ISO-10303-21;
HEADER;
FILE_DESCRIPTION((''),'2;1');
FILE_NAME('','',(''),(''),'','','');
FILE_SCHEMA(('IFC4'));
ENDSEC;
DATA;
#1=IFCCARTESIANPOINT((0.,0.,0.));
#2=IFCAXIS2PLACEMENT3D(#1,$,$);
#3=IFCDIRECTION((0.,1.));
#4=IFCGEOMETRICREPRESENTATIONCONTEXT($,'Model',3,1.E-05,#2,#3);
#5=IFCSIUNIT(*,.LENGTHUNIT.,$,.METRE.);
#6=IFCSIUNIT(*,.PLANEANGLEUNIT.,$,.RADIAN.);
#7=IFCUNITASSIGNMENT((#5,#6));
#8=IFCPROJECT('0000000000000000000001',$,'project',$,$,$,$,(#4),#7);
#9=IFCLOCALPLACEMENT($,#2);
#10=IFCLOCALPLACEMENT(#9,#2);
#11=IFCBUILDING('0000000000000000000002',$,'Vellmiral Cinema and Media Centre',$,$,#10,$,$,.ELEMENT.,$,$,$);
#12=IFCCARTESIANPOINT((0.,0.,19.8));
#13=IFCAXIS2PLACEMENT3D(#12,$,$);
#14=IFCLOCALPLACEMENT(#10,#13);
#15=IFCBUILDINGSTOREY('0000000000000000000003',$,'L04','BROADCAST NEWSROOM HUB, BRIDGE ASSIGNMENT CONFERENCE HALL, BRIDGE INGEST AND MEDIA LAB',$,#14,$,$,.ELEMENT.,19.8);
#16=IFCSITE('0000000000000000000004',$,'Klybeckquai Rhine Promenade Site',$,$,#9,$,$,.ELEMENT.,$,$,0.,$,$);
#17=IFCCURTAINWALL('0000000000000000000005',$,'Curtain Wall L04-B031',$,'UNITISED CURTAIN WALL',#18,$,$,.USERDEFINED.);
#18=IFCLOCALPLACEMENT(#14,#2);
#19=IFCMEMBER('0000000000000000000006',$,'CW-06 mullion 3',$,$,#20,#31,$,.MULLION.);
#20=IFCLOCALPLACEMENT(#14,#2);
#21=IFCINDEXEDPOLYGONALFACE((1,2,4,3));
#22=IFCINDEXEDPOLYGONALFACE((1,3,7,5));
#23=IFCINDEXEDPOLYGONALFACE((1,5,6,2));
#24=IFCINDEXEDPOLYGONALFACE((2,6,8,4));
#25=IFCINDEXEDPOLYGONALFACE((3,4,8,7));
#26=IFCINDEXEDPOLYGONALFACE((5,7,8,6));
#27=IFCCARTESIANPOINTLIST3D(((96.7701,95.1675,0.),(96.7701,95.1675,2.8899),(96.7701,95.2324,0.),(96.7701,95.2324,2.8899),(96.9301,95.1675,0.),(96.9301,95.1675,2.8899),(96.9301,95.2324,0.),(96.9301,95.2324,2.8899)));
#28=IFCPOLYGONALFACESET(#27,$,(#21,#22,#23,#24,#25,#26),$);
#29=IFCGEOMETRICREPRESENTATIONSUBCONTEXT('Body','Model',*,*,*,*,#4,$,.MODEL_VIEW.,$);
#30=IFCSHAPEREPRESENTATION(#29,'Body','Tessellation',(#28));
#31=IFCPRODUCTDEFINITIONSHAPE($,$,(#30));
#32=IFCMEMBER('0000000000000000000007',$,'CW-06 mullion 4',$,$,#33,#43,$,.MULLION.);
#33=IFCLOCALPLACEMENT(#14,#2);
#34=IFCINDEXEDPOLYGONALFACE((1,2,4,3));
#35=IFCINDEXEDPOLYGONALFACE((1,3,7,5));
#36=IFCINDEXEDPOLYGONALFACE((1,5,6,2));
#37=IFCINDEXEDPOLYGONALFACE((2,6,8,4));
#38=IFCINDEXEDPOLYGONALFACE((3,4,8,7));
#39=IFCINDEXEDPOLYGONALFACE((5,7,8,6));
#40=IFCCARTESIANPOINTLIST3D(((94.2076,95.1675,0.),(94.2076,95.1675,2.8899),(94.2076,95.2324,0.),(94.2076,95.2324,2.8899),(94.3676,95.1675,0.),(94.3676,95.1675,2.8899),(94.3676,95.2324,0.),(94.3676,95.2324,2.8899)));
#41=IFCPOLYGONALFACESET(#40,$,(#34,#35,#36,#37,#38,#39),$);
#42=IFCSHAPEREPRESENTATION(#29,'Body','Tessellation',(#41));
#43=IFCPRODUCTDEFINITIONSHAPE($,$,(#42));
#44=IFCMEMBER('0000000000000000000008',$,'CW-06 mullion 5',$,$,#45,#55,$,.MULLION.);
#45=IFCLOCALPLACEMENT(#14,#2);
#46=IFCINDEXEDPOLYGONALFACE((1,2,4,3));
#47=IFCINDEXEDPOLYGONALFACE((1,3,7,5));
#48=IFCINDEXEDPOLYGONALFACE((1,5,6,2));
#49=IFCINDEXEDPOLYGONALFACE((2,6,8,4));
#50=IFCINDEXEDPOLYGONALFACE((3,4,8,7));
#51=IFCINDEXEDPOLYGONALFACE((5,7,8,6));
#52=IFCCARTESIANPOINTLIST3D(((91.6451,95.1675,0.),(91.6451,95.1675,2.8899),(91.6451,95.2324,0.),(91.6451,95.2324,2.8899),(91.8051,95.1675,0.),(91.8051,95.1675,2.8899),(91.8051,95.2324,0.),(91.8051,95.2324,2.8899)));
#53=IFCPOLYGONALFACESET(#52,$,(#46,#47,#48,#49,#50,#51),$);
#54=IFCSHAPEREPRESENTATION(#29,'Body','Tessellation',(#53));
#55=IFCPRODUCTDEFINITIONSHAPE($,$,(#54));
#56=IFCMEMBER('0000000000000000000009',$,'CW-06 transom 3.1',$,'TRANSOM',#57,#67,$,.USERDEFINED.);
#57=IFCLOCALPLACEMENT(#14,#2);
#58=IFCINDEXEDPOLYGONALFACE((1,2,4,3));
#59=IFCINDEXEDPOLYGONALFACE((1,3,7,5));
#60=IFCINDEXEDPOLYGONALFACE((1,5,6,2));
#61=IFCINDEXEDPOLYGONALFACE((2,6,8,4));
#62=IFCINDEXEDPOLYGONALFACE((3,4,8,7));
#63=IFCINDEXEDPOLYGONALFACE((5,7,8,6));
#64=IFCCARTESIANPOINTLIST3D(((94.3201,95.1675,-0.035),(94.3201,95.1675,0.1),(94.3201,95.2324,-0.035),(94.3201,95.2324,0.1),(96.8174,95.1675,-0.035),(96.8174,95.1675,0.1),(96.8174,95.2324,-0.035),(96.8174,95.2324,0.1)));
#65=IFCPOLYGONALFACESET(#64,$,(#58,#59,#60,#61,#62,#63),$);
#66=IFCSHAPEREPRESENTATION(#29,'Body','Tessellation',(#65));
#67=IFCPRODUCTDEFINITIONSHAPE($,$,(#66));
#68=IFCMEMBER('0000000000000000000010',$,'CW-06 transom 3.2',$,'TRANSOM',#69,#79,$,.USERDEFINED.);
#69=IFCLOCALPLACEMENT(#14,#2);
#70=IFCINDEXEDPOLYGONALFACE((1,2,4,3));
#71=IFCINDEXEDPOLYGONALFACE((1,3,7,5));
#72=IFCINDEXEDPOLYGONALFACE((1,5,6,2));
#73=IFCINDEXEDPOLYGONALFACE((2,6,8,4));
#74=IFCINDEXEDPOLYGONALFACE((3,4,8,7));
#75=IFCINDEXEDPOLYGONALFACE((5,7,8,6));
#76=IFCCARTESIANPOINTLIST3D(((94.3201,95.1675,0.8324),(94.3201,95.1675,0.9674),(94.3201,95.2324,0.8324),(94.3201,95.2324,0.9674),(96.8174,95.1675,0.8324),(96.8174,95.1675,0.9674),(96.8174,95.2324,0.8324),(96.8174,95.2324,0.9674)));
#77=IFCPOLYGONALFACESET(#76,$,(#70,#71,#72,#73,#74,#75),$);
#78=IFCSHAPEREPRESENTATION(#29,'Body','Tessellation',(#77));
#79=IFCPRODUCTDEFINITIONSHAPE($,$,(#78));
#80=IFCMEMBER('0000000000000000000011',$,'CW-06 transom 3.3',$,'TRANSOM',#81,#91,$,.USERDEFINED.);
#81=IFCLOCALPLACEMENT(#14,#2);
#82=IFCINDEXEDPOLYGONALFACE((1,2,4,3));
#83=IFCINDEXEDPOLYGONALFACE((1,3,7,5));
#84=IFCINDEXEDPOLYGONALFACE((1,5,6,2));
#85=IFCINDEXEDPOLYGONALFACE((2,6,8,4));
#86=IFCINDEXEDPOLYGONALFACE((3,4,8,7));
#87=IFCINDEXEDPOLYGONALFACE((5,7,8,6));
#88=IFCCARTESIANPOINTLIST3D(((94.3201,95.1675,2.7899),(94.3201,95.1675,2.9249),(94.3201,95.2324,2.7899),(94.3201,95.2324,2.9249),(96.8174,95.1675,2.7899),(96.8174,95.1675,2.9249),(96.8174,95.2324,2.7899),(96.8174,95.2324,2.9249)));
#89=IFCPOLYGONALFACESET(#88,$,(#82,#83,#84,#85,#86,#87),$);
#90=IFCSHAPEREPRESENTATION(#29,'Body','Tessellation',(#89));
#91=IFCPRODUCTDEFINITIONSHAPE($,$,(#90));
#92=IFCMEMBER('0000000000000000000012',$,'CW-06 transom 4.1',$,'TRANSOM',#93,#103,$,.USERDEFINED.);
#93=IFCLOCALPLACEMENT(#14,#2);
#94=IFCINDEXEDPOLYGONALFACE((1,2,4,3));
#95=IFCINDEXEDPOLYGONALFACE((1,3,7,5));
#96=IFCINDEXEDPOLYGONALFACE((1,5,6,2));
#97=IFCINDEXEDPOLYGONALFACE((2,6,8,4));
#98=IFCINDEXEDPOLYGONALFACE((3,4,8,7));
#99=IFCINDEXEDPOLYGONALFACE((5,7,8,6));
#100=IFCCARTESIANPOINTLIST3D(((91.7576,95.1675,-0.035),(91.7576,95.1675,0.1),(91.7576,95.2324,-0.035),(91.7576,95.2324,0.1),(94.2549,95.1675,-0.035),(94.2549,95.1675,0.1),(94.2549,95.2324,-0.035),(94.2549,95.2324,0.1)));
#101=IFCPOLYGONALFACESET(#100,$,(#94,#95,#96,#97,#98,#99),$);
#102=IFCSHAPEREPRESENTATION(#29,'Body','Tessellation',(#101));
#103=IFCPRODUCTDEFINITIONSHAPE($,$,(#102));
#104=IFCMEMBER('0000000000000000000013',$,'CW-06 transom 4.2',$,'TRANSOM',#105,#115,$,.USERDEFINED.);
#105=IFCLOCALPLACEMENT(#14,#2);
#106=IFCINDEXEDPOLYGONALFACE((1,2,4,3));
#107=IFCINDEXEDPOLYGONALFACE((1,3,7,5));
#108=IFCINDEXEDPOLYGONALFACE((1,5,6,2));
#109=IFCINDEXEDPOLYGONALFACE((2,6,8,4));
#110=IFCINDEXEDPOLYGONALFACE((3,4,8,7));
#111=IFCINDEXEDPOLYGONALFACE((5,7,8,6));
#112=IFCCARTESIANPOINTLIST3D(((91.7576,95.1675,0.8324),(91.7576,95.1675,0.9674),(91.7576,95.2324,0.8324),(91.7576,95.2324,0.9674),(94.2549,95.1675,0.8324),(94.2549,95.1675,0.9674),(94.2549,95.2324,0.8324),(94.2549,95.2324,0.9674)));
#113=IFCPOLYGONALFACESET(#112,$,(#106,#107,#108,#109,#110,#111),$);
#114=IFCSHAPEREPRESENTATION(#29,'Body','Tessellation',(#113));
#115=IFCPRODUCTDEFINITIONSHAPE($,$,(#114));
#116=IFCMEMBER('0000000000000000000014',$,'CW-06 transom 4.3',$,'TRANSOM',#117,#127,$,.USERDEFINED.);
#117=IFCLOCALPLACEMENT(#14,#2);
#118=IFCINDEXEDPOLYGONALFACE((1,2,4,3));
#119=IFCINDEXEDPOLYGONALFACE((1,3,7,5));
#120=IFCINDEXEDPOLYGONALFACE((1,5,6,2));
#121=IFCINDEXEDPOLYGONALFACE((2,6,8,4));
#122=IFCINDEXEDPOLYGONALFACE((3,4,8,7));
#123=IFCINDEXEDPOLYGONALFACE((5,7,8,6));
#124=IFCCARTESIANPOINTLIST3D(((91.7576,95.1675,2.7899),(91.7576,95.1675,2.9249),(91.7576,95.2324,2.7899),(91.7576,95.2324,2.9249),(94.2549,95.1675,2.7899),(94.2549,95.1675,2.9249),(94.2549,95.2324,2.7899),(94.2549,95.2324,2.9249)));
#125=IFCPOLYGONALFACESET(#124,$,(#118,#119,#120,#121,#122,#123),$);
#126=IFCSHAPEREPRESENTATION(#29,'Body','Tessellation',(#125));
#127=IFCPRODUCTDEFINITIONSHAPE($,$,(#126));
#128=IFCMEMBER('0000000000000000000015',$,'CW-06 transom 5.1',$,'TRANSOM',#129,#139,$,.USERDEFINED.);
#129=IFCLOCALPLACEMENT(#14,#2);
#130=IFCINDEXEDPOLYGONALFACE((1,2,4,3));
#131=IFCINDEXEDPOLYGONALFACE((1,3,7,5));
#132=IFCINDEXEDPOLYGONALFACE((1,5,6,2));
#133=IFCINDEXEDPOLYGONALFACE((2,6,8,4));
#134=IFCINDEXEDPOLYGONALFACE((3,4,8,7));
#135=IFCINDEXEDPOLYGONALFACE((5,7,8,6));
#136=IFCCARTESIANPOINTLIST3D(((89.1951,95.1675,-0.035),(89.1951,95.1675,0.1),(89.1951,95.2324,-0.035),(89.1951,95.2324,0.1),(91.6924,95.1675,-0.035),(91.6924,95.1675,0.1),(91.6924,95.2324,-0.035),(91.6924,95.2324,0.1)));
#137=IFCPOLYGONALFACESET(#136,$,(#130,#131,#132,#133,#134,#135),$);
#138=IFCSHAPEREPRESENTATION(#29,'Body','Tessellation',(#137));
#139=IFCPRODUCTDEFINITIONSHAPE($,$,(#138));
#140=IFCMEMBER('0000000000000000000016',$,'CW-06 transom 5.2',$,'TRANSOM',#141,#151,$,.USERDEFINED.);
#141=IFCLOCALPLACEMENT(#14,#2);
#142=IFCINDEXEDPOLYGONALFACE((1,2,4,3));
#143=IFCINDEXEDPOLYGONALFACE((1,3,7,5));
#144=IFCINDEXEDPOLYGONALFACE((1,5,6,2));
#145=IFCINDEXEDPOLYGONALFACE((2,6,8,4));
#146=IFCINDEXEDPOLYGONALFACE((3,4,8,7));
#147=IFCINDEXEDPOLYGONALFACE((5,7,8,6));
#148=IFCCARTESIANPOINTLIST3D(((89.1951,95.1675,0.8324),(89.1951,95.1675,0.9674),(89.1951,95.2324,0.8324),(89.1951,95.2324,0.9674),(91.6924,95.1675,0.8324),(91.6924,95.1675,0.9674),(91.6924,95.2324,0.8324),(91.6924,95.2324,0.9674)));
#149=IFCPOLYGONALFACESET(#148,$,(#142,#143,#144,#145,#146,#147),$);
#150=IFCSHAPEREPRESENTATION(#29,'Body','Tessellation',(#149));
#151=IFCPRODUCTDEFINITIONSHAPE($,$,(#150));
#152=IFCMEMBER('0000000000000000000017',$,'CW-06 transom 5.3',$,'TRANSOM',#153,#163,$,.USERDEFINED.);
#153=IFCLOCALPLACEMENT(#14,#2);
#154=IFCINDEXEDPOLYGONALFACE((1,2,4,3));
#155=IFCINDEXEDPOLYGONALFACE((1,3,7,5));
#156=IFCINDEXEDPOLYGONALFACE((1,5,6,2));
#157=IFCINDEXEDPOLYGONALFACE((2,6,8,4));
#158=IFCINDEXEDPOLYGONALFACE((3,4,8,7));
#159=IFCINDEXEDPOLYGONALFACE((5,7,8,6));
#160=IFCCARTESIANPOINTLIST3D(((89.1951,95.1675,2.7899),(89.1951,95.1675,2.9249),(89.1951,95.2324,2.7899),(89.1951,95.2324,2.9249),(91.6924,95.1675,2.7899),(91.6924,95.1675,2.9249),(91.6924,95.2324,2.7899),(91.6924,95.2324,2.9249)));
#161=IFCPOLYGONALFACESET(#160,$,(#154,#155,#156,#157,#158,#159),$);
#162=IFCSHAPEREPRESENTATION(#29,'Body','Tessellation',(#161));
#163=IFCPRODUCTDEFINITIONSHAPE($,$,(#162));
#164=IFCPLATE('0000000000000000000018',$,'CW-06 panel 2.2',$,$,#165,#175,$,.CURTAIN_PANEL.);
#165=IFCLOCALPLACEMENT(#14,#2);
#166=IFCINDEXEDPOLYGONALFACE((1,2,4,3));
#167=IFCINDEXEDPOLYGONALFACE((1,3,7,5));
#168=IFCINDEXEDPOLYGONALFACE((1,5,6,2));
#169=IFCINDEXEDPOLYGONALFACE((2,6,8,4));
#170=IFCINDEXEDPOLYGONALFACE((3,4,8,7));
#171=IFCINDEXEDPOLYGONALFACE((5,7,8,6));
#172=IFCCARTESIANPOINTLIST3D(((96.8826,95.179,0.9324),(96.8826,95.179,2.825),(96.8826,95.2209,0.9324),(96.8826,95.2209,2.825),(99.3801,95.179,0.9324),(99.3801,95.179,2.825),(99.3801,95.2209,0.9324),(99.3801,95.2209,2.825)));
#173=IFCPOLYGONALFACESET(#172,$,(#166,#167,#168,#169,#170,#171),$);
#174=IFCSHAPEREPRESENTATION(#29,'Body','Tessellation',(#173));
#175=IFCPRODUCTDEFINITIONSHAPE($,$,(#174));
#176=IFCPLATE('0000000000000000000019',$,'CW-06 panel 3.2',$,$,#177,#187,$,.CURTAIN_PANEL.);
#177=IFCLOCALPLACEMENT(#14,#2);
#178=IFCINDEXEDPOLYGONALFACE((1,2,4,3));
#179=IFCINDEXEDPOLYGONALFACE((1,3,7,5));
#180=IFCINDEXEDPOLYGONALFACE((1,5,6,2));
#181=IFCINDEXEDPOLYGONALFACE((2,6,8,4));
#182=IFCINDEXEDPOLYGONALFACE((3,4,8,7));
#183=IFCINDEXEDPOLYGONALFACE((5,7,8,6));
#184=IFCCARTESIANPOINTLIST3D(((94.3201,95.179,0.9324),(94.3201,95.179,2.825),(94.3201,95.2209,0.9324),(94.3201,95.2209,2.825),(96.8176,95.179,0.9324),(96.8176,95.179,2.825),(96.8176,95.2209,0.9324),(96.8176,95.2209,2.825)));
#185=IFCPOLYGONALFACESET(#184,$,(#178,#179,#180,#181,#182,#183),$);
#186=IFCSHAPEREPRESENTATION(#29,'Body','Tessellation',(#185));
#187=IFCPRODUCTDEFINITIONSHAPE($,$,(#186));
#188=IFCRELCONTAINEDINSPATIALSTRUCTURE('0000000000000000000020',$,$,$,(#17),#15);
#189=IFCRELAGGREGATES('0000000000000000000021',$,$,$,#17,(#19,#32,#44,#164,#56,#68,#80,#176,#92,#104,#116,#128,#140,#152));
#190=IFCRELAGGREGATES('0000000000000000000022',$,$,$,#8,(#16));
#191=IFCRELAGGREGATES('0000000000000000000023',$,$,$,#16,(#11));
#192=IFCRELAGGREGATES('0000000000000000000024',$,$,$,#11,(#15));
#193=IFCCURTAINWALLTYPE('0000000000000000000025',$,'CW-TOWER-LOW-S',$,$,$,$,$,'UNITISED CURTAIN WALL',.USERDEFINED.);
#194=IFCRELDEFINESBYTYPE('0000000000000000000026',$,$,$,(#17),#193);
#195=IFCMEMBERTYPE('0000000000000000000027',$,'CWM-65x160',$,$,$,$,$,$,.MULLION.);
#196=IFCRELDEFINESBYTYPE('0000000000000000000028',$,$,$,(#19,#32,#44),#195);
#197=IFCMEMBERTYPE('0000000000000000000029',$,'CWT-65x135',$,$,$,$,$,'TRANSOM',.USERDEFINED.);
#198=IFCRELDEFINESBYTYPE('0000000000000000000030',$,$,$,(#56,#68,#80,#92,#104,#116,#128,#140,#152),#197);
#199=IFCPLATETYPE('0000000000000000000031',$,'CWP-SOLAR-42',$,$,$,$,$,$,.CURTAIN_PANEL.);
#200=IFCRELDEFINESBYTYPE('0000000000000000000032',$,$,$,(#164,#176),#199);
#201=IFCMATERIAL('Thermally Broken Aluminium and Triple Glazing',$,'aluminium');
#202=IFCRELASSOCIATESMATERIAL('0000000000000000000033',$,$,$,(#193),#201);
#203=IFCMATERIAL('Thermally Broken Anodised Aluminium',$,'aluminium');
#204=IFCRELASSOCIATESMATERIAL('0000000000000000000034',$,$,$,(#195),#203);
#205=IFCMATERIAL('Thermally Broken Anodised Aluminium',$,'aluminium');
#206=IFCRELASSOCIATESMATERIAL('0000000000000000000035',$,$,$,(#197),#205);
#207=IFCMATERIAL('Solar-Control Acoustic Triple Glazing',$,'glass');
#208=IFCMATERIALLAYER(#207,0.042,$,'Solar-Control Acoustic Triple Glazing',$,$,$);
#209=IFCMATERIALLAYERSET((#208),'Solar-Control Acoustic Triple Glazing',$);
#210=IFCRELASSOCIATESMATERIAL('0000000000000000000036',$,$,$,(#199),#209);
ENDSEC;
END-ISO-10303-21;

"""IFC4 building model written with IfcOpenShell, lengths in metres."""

from ifc_helpers import new_model, si_unit, direction, frame, origin, origin_2d, place, context, subcontext, project, spatial, rectangle, extrude, material, layer, layer_set, material_profile, profile_set, type_object, element, aggregate, save


model = new_model("IFC4")

# Units and contexts
model_context = context("Model", 3, precision=1e-05, world=origin(), true_north=direction((0.0, 1.0)))
body_context = subcontext(model_context, "Body", "Model", "MODEL_VIEW")
ifc_project = project(units=[si_unit("LENGTHUNIT", "METRE"), si_unit("PLANEANGLEUNIT", "RADIAN")], contexts=[model_context])

# Site, building, storey
site_placement = place(None, origin())
site = spatial("IfcSite", under=ifc_project, at=site_placement, Name="Klybeckquai Rhine Promenade Site", CompositionType="ELEMENT", RefElevation=0.0)
building_placement = place(site_placement, origin())
building = spatial("IfcBuilding", under=site, at=building_placement, Name="Vellmiral Cinema and Media Centre", CompositionType="ELEMENT")
storey_placement = place(building_placement, frame((0.0, 0.0, 19.8)))
storey = spatial("IfcBuildingStorey", under=building, at=storey_placement, Name="L04", Description="BROADCAST NEWSROOM HUB, BRIDGE ASSIGNMENT CONFERENCE HALL, BRIDGE INGEST AND MEDIA LAB", CompositionType="ELEMENT", Elevation=19.8)

# Curtain wall, members, plates
ifc_material_1 = material(Name="Thermally Broken Aluminium and Triple Glazing", Category="aluminium")
curtain_wall_type = type_object("IfcCurtainWallType", Name="CW-TOWER-LOW-S", ElementType="UNITISED CURTAIN WALL", PredefinedType="USERDEFINED", material=ifc_material_1)
curtain_wall_placement = place(storey_placement, origin())
curtain_wall = element("IfcCurtainWall", 1, at=curtain_wall_placement, inside=storey, type_object=curtain_wall_type, Name="Curtain Wall L04-B031", ObjectType="UNITISED CURTAIN WALL", PredefinedType="USERDEFINED")
ifc_material_2 = material(Name="Thermally Broken Anodised Aluminium", Category="aluminium")
ifc_material_profile_1 = material_profile(ifc_material_2, rectangle(XDim=0.0649, YDim=0.1599, at=origin_2d()), Name="MULL 65x160")
ifc_profile_set_1 = profile_set([ifc_material_profile_1], Name="Thermally Broken Anodised Aluminium")
member_type_1 = type_object("IfcMemberType", Name="CWM-65x160", PredefinedType="MULLION", material=ifc_profile_set_1)
member_1_placement = place(storey_placement, frame((96.8501, 95.2, 0.0), z_axis=(0.0, 0.0, 1.0), x_axis=(0.0, -1.0, 0.0)))
member_1 = element("IfcMember", 2, at=member_1_placement, type_object=member_type_1, Name="CW-06 mullion 3", PredefinedType="MULLION", context=body_context, shape_type="SweptSolid", body=[
    extrude(rectangle(XDim=0.0649, YDim=0.1599, at=origin_2d()), origin(), (0.0, 0.0, 1.0), 2.8899),
])
member_2_placement = place(storey_placement, frame((94.2876, 95.2, 0.0), z_axis=(0.0, 0.0, 1.0), x_axis=(0.0, -1.0, 0.0)))
member_2 = element("IfcMember", 3, at=member_2_placement, type_object=member_type_1, Name="CW-06 mullion 4", PredefinedType="MULLION", context=body_context, shape_type="SweptSolid", body=[
    extrude(rectangle(XDim=0.0649, YDim=0.1599, at=origin_2d()), origin(), (0.0, 0.0, 1.0), 2.8899),
])
member_3_placement = place(storey_placement, frame((91.7251, 95.2, 0.0), z_axis=(0.0, 0.0, 1.0), x_axis=(0.0, -1.0, 0.0)))
member_3 = element("IfcMember", 4, at=member_3_placement, type_object=member_type_1, Name="CW-06 mullion 5", PredefinedType="MULLION", context=body_context, shape_type="SweptSolid", body=[
    extrude(rectangle(XDim=0.0649, YDim=0.1599, at=origin_2d()), origin(), (0.0, 0.0, 1.0), 2.8899),
])
ifc_material_3 = material(Name="Thermally Broken Anodised Aluminium", Category="aluminium")
ifc_material_profile_2 = material_profile(ifc_material_3, rectangle(XDim=0.0649, YDim=0.135, at=origin_2d()), Name="MULL 65x135")
ifc_profile_set_2 = profile_set([ifc_material_profile_2], Name="Thermally Broken Anodised Aluminium")
member_type_2 = type_object("IfcMemberType", Name="CWT-65x135", ElementType="TRANSOM", PredefinedType="USERDEFINED", material=ifc_profile_set_2)
member_4_placement = place(storey_placement, frame((96.8174, 95.2, 0.0325), z_axis=(-1.0, 0.0, 0.0), x_axis=(0.0, -1.0, 0.0)))
member_4 = element("IfcMember", 5, at=member_4_placement, type_object=member_type_2, Name="CW-06 transom 3.1", ObjectType="TRANSOM", PredefinedType="USERDEFINED", context=body_context, shape_type="SweptSolid", body=[
    extrude(rectangle(XDim=0.0649, YDim=0.135, at=origin_2d()), origin(), (0.0, 0.0, 1.0), 2.4973),
])
member_5_placement = place(storey_placement, frame((96.8174, 95.2, 0.8999), z_axis=(-1.0, 0.0, 0.0), x_axis=(0.0, -1.0, 0.0)))
member_5 = element("IfcMember", 6, at=member_5_placement, type_object=member_type_2, Name="CW-06 transom 3.2", ObjectType="TRANSOM", PredefinedType="USERDEFINED", context=body_context, shape_type="SweptSolid", body=[
    extrude(rectangle(XDim=0.0649, YDim=0.135, at=origin_2d()), origin(), (0.0, 0.0, 1.0), 2.4973),
])
member_6_placement = place(storey_placement, frame((96.8174, 95.2, 2.8574), z_axis=(-1.0, 0.0, 0.0), x_axis=(0.0, -1.0, 0.0)))
member_6 = element("IfcMember", 7, at=member_6_placement, type_object=member_type_2, Name="CW-06 transom 3.3", ObjectType="TRANSOM", PredefinedType="USERDEFINED", context=body_context, shape_type="SweptSolid", body=[
    extrude(rectangle(XDim=0.0649, YDim=0.135, at=origin_2d()), origin(), (0.0, 0.0, 1.0), 2.4973),
])
member_7_placement = place(storey_placement, frame((94.2549, 95.2, 0.0325), z_axis=(-1.0, 0.0, 0.0), x_axis=(0.0, -1.0, 0.0)))
member_7 = element("IfcMember", 8, at=member_7_placement, type_object=member_type_2, Name="CW-06 transom 4.1", ObjectType="TRANSOM", PredefinedType="USERDEFINED", context=body_context, shape_type="SweptSolid", body=[
    extrude(rectangle(XDim=0.0649, YDim=0.135, at=origin_2d()), origin(), (0.0, 0.0, 1.0), 2.4973),
])
member_8_placement = place(storey_placement, frame((94.2549, 95.2, 0.8999), z_axis=(-1.0, 0.0, 0.0), x_axis=(0.0, -1.0, 0.0)))
member_8 = element("IfcMember", 9, at=member_8_placement, type_object=member_type_2, Name="CW-06 transom 4.2", ObjectType="TRANSOM", PredefinedType="USERDEFINED", context=body_context, shape_type="SweptSolid", body=[
    extrude(rectangle(XDim=0.0649, YDim=0.135, at=origin_2d()), origin(), (0.0, 0.0, 1.0), 2.4973),
])
member_9_placement = place(storey_placement, frame((94.2549, 95.2, 2.8574), z_axis=(-1.0, 0.0, 0.0), x_axis=(0.0, -1.0, 0.0)))
member_9 = element("IfcMember", 10, at=member_9_placement, type_object=member_type_2, Name="CW-06 transom 4.3", ObjectType="TRANSOM", PredefinedType="USERDEFINED", context=body_context, shape_type="SweptSolid", body=[
    extrude(rectangle(XDim=0.0649, YDim=0.135, at=origin_2d()), origin(), (0.0, 0.0, 1.0), 2.4973),
])
member_10_placement = place(storey_placement, frame((91.6924, 95.2, 0.0325), z_axis=(-1.0, 0.0, 0.0), x_axis=(0.0, -1.0, 0.0)))
member_10 = element("IfcMember", 11, at=member_10_placement, type_object=member_type_2, Name="CW-06 transom 5.1", ObjectType="TRANSOM", PredefinedType="USERDEFINED", context=body_context, shape_type="SweptSolid", body=[
    extrude(rectangle(XDim=0.0649, YDim=0.135, at=origin_2d()), origin(), (0.0, 0.0, 1.0), 2.4973),
])
member_11_placement = place(storey_placement, frame((91.6924, 95.2, 0.8999), z_axis=(-1.0, 0.0, 0.0), x_axis=(0.0, -1.0, 0.0)))
member_11 = element("IfcMember", 12, at=member_11_placement, type_object=member_type_2, Name="CW-06 transom 5.2", ObjectType="TRANSOM", PredefinedType="USERDEFINED", context=body_context, shape_type="SweptSolid", body=[
    extrude(rectangle(XDim=0.0649, YDim=0.135, at=origin_2d()), origin(), (0.0, 0.0, 1.0), 2.4973),
])
member_12_placement = place(storey_placement, frame((91.6924, 95.2, 2.8574), z_axis=(-1.0, 0.0, 0.0), x_axis=(0.0, -1.0, 0.0)))
member_12 = element("IfcMember", 13, at=member_12_placement, type_object=member_type_2, Name="CW-06 transom 5.3", ObjectType="TRANSOM", PredefinedType="USERDEFINED", context=body_context, shape_type="SweptSolid", body=[
    extrude(rectangle(XDim=0.0649, YDim=0.135, at=origin_2d()), origin(), (0.0, 0.0, 1.0), 2.4973),
])
ifc_material_4 = material(Name="Solar-Control Acoustic Triple Glazing", Category="glass")
ifc_layer_1 = layer(ifc_material_4, 0.042, Name="Solar-Control Acoustic Triple Glazing")
ifc_layer_set_1 = layer_set([ifc_layer_1], Name="Solar-Control Acoustic Triple Glazing")
plate_type_1 = type_object("IfcPlateType", Name="CWP-SOLAR-42", PredefinedType="CURTAIN_PANEL", material=ifc_layer_set_1)
plate_1_placement = place(storey_placement, frame((98.1313, 95.2, 0.9324), z_axis=(0.0, 0.0, 1.0), x_axis=(-1.0, 0.0, 0.0)))
plate_1 = element("IfcPlate", 14, at=plate_1_placement, type_object=plate_type_1, Name="CW-06 panel 2.2", PredefinedType="CURTAIN_PANEL", context=body_context, shape_type="SweptSolid", body=[
    extrude(rectangle(XDim=2.4976, YDim=0.042, at=origin_2d()), origin(), (0.0, 0.0, 1.0), 1.8926),
])
plate_2_placement = place(storey_placement, frame((95.5688, 95.2, 0.9324), z_axis=(0.0, 0.0, 1.0), x_axis=(-1.0, 0.0, 0.0)))
plate_2 = element("IfcPlate", 15, at=plate_2_placement, type_object=plate_type_1, Name="CW-06 panel 3.2", PredefinedType="CURTAIN_PANEL", context=body_context, shape_type="SweptSolid", body=[
    extrude(rectangle(XDim=2.4976, YDim=0.042, at=origin_2d()), origin(), (0.0, 0.0, 1.0), 1.8926),
])
aggregate(curtain_wall, [member_1, member_2, member_3, plate_1, member_4, member_5, member_6, plate_2, member_7, member_8, member_9, member_10, member_11, member_12])

save(model, "model.ifc")
